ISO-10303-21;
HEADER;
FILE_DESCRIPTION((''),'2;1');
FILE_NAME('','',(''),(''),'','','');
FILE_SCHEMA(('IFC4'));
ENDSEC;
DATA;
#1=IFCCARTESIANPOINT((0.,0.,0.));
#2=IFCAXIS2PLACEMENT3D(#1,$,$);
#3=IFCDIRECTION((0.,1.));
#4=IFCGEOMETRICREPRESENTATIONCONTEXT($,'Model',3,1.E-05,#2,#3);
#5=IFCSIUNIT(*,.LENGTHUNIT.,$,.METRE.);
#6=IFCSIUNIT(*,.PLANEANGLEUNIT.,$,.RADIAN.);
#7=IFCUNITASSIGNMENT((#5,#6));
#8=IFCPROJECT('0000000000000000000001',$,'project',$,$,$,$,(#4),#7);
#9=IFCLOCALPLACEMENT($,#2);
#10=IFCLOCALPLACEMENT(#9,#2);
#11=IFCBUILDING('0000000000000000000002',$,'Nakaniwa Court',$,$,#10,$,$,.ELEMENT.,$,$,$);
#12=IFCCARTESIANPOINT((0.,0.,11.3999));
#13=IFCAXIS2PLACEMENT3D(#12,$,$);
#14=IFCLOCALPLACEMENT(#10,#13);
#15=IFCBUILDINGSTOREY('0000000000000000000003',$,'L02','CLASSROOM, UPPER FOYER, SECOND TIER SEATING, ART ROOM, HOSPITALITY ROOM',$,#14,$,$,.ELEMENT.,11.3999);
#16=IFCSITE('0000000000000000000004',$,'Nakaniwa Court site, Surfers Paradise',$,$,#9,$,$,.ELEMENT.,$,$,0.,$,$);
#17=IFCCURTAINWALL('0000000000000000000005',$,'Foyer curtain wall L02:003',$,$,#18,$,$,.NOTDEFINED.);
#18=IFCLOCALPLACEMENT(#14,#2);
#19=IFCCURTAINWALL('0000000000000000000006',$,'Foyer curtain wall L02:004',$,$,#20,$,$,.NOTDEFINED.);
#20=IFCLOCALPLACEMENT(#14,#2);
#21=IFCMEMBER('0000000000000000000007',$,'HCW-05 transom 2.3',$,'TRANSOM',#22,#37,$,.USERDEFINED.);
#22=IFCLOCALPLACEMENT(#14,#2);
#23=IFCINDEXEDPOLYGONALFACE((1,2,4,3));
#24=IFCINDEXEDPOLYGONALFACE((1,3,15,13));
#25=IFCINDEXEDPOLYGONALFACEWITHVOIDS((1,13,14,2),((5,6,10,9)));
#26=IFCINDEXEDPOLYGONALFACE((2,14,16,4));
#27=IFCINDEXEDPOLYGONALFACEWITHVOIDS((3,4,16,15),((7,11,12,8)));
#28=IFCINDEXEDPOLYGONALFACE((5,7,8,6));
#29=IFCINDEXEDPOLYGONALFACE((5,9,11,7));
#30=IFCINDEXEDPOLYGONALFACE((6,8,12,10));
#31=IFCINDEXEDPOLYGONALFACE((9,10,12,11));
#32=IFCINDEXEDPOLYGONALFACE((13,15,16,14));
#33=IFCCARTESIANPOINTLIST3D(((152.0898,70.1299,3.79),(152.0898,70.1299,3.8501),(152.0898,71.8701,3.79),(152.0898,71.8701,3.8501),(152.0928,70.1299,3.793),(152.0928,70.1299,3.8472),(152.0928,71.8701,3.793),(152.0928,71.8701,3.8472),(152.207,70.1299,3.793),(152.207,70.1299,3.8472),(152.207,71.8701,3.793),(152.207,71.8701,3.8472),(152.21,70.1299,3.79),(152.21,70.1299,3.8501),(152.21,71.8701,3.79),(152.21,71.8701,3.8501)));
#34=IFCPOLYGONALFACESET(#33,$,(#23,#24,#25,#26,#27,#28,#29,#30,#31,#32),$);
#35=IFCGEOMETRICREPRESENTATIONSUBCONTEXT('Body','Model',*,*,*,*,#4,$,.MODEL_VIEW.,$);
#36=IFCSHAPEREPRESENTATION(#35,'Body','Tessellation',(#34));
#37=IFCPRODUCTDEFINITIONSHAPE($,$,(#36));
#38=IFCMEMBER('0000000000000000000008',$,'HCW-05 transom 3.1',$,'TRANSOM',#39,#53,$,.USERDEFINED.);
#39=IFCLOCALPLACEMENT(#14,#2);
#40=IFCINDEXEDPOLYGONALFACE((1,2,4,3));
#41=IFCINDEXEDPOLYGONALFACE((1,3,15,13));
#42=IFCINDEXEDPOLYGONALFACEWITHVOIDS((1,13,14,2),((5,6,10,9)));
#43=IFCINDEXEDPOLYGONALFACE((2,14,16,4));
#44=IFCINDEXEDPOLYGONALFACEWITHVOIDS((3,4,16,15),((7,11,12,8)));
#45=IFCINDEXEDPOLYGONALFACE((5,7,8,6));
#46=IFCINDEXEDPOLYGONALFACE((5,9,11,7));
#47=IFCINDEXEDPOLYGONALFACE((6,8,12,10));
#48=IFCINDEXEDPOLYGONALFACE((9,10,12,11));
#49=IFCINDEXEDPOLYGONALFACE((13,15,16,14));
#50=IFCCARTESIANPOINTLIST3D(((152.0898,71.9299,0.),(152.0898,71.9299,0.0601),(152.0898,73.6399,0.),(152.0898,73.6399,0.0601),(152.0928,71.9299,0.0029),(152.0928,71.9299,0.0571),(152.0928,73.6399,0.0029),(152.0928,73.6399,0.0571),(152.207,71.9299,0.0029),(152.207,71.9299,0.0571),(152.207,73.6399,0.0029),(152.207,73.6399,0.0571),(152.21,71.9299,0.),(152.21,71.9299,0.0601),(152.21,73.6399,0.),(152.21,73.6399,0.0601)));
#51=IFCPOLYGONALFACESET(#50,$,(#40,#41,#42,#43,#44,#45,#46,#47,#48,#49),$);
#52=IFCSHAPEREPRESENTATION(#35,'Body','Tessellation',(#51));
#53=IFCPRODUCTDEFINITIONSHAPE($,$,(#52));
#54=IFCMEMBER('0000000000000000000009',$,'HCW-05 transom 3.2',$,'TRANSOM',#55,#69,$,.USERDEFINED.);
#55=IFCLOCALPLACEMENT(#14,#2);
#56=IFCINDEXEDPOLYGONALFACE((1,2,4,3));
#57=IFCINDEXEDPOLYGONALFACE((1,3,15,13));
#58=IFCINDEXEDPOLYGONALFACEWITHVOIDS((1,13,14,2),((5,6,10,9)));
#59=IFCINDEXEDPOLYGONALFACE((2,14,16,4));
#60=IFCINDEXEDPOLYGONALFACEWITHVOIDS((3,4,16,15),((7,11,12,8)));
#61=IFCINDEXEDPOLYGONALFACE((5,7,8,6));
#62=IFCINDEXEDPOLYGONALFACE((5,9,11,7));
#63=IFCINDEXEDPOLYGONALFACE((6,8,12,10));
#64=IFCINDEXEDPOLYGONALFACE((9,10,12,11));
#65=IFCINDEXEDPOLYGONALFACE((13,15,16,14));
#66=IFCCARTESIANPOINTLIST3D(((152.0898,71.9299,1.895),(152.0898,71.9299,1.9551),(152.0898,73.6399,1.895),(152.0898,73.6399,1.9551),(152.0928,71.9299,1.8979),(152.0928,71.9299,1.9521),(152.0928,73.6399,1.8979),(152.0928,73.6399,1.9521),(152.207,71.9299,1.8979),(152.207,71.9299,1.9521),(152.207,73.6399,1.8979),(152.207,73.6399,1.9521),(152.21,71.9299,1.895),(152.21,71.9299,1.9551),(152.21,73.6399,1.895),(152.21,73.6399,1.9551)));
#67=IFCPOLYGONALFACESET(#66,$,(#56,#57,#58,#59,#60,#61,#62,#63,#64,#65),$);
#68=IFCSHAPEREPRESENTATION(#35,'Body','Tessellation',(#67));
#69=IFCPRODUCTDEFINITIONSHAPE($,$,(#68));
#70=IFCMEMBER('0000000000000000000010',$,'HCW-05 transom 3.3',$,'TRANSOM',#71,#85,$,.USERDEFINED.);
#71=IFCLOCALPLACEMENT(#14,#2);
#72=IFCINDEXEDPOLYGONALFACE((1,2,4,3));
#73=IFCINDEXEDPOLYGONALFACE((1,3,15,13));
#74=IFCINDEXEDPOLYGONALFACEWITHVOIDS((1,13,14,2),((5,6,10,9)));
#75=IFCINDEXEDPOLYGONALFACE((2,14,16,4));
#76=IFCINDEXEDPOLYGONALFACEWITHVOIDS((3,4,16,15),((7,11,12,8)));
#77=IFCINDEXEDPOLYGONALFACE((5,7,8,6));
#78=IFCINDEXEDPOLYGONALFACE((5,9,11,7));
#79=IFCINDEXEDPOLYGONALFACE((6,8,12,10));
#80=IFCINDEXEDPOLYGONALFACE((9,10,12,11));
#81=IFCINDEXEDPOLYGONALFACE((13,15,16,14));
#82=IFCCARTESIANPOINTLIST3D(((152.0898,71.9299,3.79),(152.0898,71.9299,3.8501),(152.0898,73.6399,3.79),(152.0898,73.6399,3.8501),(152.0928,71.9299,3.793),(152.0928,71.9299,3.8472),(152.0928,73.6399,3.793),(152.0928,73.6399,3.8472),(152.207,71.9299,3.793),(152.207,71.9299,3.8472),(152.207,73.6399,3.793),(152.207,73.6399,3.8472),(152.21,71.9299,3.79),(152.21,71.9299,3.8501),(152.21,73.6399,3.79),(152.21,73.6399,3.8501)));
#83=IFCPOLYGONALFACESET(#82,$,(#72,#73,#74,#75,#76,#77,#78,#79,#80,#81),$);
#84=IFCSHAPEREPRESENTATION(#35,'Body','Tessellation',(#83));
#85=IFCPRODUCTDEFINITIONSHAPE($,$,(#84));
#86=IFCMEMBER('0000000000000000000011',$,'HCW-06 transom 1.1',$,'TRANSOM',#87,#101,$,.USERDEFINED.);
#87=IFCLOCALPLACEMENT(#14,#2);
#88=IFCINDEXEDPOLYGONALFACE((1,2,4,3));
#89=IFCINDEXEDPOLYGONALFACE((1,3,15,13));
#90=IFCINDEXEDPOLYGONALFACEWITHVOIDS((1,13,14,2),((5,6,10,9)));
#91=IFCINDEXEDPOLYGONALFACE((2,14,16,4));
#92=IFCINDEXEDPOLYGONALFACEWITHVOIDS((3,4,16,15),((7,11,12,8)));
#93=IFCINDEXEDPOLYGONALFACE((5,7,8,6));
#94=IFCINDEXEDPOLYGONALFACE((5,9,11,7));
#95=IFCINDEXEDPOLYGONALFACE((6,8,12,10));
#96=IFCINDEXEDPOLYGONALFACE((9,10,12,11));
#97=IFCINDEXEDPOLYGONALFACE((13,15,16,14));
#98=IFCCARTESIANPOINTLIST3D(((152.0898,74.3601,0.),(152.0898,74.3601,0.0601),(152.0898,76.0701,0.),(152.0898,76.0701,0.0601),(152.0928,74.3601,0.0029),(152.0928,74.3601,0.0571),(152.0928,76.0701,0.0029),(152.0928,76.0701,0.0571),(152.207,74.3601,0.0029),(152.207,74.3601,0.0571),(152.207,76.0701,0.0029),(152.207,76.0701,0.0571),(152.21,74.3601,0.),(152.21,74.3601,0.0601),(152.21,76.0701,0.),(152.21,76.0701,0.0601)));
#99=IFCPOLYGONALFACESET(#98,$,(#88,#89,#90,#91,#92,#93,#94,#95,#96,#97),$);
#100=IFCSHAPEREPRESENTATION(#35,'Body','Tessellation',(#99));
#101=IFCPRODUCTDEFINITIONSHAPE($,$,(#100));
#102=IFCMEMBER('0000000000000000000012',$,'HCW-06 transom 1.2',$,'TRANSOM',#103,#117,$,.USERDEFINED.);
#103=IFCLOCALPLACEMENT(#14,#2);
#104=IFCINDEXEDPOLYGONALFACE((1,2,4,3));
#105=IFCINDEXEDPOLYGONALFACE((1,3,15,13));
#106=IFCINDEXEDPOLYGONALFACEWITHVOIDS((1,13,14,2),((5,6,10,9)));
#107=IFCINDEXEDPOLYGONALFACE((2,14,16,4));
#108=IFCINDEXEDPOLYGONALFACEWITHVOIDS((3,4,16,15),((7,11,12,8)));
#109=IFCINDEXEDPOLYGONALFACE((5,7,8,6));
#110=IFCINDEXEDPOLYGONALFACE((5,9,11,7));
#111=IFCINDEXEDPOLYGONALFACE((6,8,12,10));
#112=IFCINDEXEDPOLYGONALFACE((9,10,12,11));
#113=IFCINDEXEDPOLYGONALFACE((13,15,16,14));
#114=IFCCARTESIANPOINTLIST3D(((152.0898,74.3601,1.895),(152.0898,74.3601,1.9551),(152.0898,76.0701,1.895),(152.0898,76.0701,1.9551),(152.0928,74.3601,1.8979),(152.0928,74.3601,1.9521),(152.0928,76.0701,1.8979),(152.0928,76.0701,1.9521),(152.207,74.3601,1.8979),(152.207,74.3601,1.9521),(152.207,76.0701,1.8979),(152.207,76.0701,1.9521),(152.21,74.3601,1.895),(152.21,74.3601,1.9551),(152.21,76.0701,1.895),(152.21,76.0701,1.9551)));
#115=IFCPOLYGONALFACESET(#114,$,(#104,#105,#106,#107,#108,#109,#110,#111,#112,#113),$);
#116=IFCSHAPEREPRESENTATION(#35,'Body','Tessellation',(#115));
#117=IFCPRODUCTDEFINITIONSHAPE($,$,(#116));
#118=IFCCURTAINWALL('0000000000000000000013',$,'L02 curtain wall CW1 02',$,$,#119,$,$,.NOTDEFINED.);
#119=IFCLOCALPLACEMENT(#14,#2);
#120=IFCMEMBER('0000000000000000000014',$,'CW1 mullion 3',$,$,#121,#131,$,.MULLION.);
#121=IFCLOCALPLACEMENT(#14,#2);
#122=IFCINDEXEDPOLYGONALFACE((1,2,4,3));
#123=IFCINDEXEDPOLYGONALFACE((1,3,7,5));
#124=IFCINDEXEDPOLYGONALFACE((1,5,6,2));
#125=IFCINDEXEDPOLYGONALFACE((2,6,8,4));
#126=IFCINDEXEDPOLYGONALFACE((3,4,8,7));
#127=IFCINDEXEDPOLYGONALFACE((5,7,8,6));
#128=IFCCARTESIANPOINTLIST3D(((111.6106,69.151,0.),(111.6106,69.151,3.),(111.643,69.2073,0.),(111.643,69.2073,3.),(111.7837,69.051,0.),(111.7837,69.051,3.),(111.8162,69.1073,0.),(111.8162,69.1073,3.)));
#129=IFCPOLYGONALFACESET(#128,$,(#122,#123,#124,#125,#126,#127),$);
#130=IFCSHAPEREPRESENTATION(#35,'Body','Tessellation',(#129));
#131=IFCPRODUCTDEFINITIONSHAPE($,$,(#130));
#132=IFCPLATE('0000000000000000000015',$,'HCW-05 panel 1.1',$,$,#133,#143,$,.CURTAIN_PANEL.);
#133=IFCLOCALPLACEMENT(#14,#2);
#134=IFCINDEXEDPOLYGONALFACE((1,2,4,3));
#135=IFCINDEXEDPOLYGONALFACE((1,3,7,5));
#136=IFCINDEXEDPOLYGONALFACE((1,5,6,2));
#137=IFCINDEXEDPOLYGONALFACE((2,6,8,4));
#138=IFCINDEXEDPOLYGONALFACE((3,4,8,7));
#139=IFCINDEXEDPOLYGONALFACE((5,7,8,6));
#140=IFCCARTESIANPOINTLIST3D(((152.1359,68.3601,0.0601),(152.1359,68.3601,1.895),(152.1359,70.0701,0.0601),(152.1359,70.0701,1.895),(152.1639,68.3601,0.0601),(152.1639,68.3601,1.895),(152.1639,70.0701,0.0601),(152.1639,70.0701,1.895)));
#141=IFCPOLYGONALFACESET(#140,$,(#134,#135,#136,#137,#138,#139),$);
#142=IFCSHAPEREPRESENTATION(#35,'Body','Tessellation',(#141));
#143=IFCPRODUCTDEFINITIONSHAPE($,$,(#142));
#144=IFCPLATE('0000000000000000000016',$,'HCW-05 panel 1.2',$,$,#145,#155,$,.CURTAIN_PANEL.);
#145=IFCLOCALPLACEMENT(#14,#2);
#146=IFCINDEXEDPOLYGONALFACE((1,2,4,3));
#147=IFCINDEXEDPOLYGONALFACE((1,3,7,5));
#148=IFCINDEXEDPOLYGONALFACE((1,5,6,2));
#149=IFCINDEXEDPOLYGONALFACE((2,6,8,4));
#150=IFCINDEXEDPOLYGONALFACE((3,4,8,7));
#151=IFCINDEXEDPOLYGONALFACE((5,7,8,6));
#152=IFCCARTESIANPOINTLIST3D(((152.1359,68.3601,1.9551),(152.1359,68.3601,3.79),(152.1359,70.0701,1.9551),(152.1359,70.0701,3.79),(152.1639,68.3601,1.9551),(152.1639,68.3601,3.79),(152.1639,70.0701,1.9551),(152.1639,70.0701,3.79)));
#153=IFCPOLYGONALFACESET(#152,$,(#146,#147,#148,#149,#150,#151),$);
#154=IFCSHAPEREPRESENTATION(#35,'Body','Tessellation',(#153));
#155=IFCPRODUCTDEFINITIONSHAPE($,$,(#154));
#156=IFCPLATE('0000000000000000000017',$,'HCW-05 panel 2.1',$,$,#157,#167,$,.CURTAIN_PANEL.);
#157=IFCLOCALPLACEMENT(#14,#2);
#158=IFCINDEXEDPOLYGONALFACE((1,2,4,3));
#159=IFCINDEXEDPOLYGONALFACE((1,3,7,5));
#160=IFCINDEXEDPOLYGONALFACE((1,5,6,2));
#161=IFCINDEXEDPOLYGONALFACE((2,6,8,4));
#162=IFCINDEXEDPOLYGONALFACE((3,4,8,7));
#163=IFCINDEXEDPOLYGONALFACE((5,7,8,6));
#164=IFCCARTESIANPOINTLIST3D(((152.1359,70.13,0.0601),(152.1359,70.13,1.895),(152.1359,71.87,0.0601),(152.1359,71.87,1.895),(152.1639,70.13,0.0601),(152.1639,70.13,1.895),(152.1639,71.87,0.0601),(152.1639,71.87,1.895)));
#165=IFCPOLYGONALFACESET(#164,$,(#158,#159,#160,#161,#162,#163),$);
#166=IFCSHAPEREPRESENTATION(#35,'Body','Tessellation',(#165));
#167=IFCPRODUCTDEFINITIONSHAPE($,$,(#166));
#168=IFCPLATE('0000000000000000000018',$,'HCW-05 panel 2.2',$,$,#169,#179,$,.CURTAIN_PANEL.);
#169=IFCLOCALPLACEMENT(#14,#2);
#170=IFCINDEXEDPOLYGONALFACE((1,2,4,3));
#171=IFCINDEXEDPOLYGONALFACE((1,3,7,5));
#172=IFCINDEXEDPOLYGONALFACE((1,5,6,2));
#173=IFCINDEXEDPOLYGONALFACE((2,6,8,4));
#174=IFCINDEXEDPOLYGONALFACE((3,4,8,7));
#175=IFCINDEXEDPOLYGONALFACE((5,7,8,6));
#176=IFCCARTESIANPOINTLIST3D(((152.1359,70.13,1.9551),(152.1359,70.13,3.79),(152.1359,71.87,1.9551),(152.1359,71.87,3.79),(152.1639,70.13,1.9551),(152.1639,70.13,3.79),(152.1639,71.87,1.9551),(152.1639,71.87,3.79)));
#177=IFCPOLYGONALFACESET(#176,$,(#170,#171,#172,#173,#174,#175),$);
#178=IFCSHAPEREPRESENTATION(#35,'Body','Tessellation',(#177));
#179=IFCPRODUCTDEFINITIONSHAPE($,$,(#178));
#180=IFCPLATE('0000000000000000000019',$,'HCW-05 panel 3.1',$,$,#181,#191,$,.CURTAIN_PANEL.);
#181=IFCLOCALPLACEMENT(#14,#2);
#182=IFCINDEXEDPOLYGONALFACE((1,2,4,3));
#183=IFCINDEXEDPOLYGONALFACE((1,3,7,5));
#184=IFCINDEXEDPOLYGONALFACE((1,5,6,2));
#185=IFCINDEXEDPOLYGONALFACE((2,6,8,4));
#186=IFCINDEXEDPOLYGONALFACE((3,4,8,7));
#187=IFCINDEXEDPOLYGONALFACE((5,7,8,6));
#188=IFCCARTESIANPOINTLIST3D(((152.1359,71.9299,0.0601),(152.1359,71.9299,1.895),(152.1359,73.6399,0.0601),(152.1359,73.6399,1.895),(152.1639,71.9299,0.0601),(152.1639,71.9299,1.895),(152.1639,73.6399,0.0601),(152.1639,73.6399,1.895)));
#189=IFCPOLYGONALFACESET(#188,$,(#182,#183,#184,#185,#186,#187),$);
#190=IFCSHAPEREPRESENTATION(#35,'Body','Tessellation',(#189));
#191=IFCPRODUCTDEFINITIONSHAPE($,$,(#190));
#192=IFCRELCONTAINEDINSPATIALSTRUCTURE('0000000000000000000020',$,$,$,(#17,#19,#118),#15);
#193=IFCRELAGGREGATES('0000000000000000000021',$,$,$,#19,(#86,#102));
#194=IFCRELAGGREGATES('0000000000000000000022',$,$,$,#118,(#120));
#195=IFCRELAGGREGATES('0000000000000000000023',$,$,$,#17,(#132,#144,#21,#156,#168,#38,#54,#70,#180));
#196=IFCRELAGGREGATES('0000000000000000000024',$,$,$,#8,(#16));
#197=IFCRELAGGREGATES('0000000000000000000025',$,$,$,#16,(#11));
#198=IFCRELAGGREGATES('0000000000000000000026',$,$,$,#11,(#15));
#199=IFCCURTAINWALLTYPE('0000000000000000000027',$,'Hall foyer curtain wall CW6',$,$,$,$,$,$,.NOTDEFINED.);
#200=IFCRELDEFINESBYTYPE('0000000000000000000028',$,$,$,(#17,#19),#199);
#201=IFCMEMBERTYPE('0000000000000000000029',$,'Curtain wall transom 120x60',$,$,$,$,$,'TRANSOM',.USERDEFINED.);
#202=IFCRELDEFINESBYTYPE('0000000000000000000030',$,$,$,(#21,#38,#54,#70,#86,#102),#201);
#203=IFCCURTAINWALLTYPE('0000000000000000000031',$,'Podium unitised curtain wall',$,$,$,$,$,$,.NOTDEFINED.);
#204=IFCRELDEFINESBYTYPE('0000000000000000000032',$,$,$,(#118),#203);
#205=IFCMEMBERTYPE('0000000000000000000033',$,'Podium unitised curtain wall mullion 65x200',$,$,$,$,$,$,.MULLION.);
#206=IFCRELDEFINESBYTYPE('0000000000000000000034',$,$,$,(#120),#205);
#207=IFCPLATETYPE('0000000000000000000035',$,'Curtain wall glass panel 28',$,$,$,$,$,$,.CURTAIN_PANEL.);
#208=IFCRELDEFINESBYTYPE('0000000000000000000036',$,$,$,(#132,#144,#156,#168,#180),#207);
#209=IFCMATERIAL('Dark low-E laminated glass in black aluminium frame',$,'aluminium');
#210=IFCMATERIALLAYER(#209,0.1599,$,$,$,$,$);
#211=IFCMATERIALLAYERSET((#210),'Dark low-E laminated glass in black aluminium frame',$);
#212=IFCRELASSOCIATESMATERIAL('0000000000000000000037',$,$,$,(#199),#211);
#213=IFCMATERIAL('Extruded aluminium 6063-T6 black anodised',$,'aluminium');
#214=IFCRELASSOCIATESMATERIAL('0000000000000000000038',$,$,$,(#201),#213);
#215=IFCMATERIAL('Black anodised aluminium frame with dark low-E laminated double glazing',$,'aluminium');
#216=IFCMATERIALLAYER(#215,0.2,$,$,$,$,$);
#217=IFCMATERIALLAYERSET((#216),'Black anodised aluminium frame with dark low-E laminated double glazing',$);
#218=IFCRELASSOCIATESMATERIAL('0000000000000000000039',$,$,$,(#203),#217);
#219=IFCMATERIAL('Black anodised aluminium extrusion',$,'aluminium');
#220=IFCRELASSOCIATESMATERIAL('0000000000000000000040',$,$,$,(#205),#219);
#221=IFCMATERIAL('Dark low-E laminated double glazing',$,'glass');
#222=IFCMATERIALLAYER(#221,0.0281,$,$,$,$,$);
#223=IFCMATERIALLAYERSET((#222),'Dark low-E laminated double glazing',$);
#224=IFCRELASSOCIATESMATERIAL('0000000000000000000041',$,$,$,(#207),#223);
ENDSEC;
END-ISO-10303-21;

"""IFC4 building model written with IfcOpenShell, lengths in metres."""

from ifc_helpers import new_model, si_unit, direction, frame, origin, origin_2d, place, context, subcontext, project, spatial, rectangle, hollow_rectangle, extrude, material, layer, layer_set, material_profile, profile_set, type_object, element, aggregate, save


model = new_model("IFC4")

# Units and contexts
model_context = context("Model", 3, precision=1e-05, world=origin(), true_north=direction((0.0, 1.0)))
body_context = subcontext(model_context, "Body", "Model", "MODEL_VIEW")
ifc_project = project(units=[si_unit("LENGTHUNIT", "METRE"), si_unit("PLANEANGLEUNIT", "RADIAN")], contexts=[model_context])

# Site, building, storey
site_placement = place(None, origin())
site = spatial("IfcSite", under=ifc_project, at=site_placement, Name="Nakaniwa Court site, Surfers Paradise", CompositionType="ELEMENT", RefElevation=0.0)
building_placement = place(site_placement, origin())
building = spatial("IfcBuilding", under=site, at=building_placement, Name="Nakaniwa Court", CompositionType="ELEMENT")
storey_placement = place(building_placement, frame((0.0, 0.0, 11.3999)))
storey = spatial("IfcBuildingStorey", under=building, at=storey_placement, Name="L02", Description="CLASSROOM, UPPER FOYER, SECOND TIER SEATING, ART ROOM, HOSPITALITY ROOM", CompositionType="ELEMENT", Elevation=11.3999)

# Curtain wall
ifc_material_1 = material(Name="Dark low-E laminated glass in black aluminium frame", Category="aluminium")
ifc_layer_1 = layer(ifc_material_1, 0.1599)
ifc_layer_set_1 = layer_set([ifc_layer_1], Name="Dark low-E laminated glass in black aluminium frame")
curtain_wall_type_1 = type_object("IfcCurtainWallType", Name="Hall foyer curtain wall CW6", PredefinedType="NOTDEFINED", material=ifc_layer_set_1)
curtain_wall_1_placement = place(storey_placement, origin())
curtain_wall_1 = element("IfcCurtainWall", 1, at=curtain_wall_1_placement, inside=storey, type_object=curtain_wall_type_1, Name="Foyer curtain wall L02:003", PredefinedType="NOTDEFINED")
ifc_material_2 = material(Name="Extruded aluminium 6063-T6 black anodised", Category="aluminium")

# Curtain wall
curtain_wall_2_placement = place(storey_placement, origin())
curtain_wall_2 = element("IfcCurtainWall", 2, at=curtain_wall_2_placement, inside=storey, type_object=curtain_wall_type_1, Name="Foyer curtain wall L02:004", PredefinedType="NOTDEFINED")

# Members
ifc_material_profile_1 = material_profile(ifc_material_2, hollow_rectangle(XDim=0.1201, YDim=0.0601, WallThickness=0.0029, at=origin_2d()), Name="CW transom 120x60")
ifc_profile_set_1 = profile_set([ifc_material_profile_1], Name="Extruded aluminium 6063-T6 black anodised")
member_type_1 = type_object("IfcMemberType", Name="Curtain wall transom 120x60", ElementType="TRANSOM", PredefinedType="USERDEFINED", material=ifc_profile_set_1)
member_1_placement = place(storey_placement, frame((152.1499, 70.1299, 3.8201), z_axis=(0.0, 1.0, 0.0), x_axis=(-1.0, 0.0, 0.0)))
member_1 = element("IfcMember", 3, at=member_1_placement, type_object=member_type_1, Name="HCW-05 transom 2.3", ObjectType="TRANSOM", PredefinedType="USERDEFINED", context=body_context, shape_type="SweptSolid", body=[
    extrude(hollow_rectangle(XDim=0.1201, YDim=0.0601, WallThickness=0.0029, at=origin_2d()), origin(), (0.0, 0.0, 1.0), 1.7402),
])
member_2_placement = place(storey_placement, frame((152.1499, 71.9299, 0.03), z_axis=(0.0, 1.0, 0.0), x_axis=(-1.0, 0.0, 0.0)))
member_2 = element("IfcMember", 4, at=member_2_placement, type_object=member_type_1, Name="HCW-05 transom 3.1", ObjectType="TRANSOM", PredefinedType="USERDEFINED", context=body_context, shape_type="SweptSolid", body=[
    extrude(hollow_rectangle(XDim=0.1201, YDim=0.0601, WallThickness=0.0029, at=origin_2d()), origin(), (0.0, 0.0, 1.0), 1.71),
])
member_3_placement = place(storey_placement, frame((152.1499, 71.9299, 1.925), z_axis=(0.0, 1.0, 0.0), x_axis=(-1.0, 0.0, 0.0)))
member_3 = element("IfcMember", 5, at=member_3_placement, type_object=member_type_1, Name="HCW-05 transom 3.2", ObjectType="TRANSOM", PredefinedType="USERDEFINED", context=body_context, shape_type="SweptSolid", body=[
    extrude(hollow_rectangle(XDim=0.1201, YDim=0.0601, WallThickness=0.0029, at=origin_2d()), origin(), (0.0, 0.0, 1.0), 1.71),
])
member_4_placement = place(storey_placement, frame((152.1499, 71.9299, 3.8201), z_axis=(0.0, 1.0, 0.0), x_axis=(-1.0, 0.0, 0.0)))
member_4 = element("IfcMember", 6, at=member_4_placement, type_object=member_type_1, Name="HCW-05 transom 3.3", ObjectType="TRANSOM", PredefinedType="USERDEFINED", context=body_context, shape_type="SweptSolid", body=[
    extrude(hollow_rectangle(XDim=0.1201, YDim=0.0601, WallThickness=0.0029, at=origin_2d()), origin(), (0.0, 0.0, 1.0), 1.71),
])
member_5_placement = place(storey_placement, frame((152.1499, 74.3601, 0.03), z_axis=(0.0, 1.0, 0.0), x_axis=(-1.0, 0.0, 0.0)))
member_5 = element("IfcMember", 7, at=member_5_placement, type_object=member_type_1, Name="HCW-06 transom 1.1", ObjectType="TRANSOM", PredefinedType="USERDEFINED", context=body_context, shape_type="SweptSolid", body=[
    extrude(hollow_rectangle(XDim=0.1201, YDim=0.0601, WallThickness=0.0029, at=origin_2d()), origin(), (0.0, 0.0, 1.0), 1.71),
])
member_6_placement = place(storey_placement, frame((152.1499, 74.3601, 1.925), z_axis=(0.0, 1.0, 0.0), x_axis=(-1.0, 0.0, 0.0)))
member_6 = element("IfcMember", 8, at=member_6_placement, type_object=member_type_1, Name="HCW-06 transom 1.2", ObjectType="TRANSOM", PredefinedType="USERDEFINED", context=body_context, shape_type="SweptSolid", body=[
    extrude(hollow_rectangle(XDim=0.1201, YDim=0.0601, WallThickness=0.0029, at=origin_2d()), origin(), (0.0, 0.0, 1.0), 1.71),
])
aggregate(curtain_wall_2, [member_5, member_6])

# Curtain wall, member
ifc_material_3 = material(Name="Black anodised aluminium frame with dark low-E laminated double glazing", Category="aluminium")
ifc_layer_2 = layer(ifc_material_3, 0.2)
ifc_layer_set_2 = layer_set([ifc_layer_2], Name="Black anodised aluminium frame with dark low-E laminated double glazing")
curtain_wall_type_2 = type_object("IfcCurtainWallType", Name="Podium unitised curtain wall", PredefinedType="NOTDEFINED", material=ifc_layer_set_2)
curtain_wall_3_placement = place(storey_placement, origin())
curtain_wall_3 = element("IfcCurtainWall", 9, at=curtain_wall_3_placement, inside=storey, type_object=curtain_wall_type_2, Name="L02 curtain wall CW1 02", PredefinedType="NOTDEFINED")
ifc_material_4 = material(Name="Black anodised aluminium extrusion", Category="aluminium")
ifc_material_profile_2 = material_profile(ifc_material_4, rectangle(XDim=0.2, YDim=0.0649, at=origin_2d()), Name="Podium unitised curtain wall mullion 65x200")
ifc_profile_set_2 = profile_set([ifc_material_profile_2], Name="Black anodised aluminium extrusion")
member_type_2 = type_object("IfcMemberType", Name="Podium unitised curtain wall mullion 65x200", PredefinedType="MULLION", material=ifc_profile_set_2)
member_7_placement = place(storey_placement, frame((111.7134, 69.1292, 0.0), z_axis=(0.0, 0.0, 1.0), x_axis=(-0.866024, 0.500003, 0.0)))
member_7 = element("IfcMember", 10, at=member_7_placement, type_object=member_type_2, Name="CW1 mullion 3", PredefinedType="MULLION", context=body_context, shape_type="SweptSolid", body=[
    extrude(rectangle(XDim=0.2, YDim=0.0649, at=origin_2d()), origin(), (0.0, 0.0, 1.0), 3.0),
])
aggregate(curtain_wall_3, [member_7])

# Plates
ifc_material_5 = material(Name="Dark low-E laminated double glazing", Category="glass")
ifc_layer_3 = layer(ifc_material_5, 0.0281)
ifc_layer_set_3 = layer_set([ifc_layer_3], Name="Dark low-E laminated double glazing")
plate_type = type_object("IfcPlateType", Name="Curtain wall glass panel 28", PredefinedType="CURTAIN_PANEL", material=ifc_layer_set_3)
plate_1_placement = place(storey_placement, frame((152.1499, 69.2151, 0.0601), z_axis=(0.0, 0.0, 1.0), x_axis=(0.0, 1.0, 0.0)))
plate_1 = element("IfcPlate", 11, at=plate_1_placement, type_object=plate_type, Name="HCW-05 panel 1.1", PredefinedType="CURTAIN_PANEL", context=body_context, shape_type="SweptSolid", body=[
    extrude(rectangle(XDim=1.71, YDim=0.0281, at=origin_2d()), origin(), (0.0, 0.0, 1.0), 1.835),
])
plate_2_placement = place(storey_placement, frame((152.1499, 69.2151, 1.9551), z_axis=(0.0, 0.0, 1.0), x_axis=(0.0, 1.0, 0.0)))
plate_2 = element("IfcPlate", 12, at=plate_2_placement, type_object=plate_type, Name="HCW-05 panel 1.2", PredefinedType="CURTAIN_PANEL", context=body_context, shape_type="SweptSolid", body=[
    extrude(rectangle(XDim=1.71, YDim=0.0281, at=origin_2d()), origin(), (0.0, 0.0, 1.0), 1.835),
])
plate_3_placement = place(storey_placement, frame((152.1499, 71.0, 0.0601), z_axis=(0.0, 0.0, 1.0), x_axis=(0.0, 1.0, 0.0)))
plate_3 = element("IfcPlate", 13, at=plate_3_placement, type_object=plate_type, Name="HCW-05 panel 2.1", PredefinedType="CURTAIN_PANEL", context=body_context, shape_type="SweptSolid", body=[
    extrude(rectangle(XDim=1.74, YDim=0.0281, at=origin_2d()), origin(), (0.0, 0.0, 1.0), 1.835),
])
plate_4_placement = place(storey_placement, frame((152.1499, 71.0, 1.9551), z_axis=(0.0, 0.0, 1.0), x_axis=(0.0, 1.0, 0.0)))
plate_4 = element("IfcPlate", 14, at=plate_4_placement, type_object=plate_type, Name="HCW-05 panel 2.2", PredefinedType="CURTAIN_PANEL", context=body_context, shape_type="SweptSolid", body=[
    extrude(rectangle(XDim=1.74, YDim=0.0281, at=origin_2d()), origin(), (0.0, 0.0, 1.0), 1.835),
])
plate_5_placement = place(storey_placement, frame((152.1499, 72.7849, 0.0601), z_axis=(0.0, 0.0, 1.0), x_axis=(0.0, 1.0, 0.0)))
plate_5 = element("IfcPlate", 15, at=plate_5_placement, type_object=plate_type, Name="HCW-05 panel 3.1", PredefinedType="CURTAIN_PANEL", context=body_context, shape_type="SweptSolid", body=[
    extrude(rectangle(XDim=1.71, YDim=0.0281, at=origin_2d()), origin(), (0.0, 0.0, 1.0), 1.835),
])
aggregate(curtain_wall_1, [plate_1, plate_2, member_1, plate_3, plate_4, member_2, member_3, member_4, plate_5])

save(model, "model.ifc")
